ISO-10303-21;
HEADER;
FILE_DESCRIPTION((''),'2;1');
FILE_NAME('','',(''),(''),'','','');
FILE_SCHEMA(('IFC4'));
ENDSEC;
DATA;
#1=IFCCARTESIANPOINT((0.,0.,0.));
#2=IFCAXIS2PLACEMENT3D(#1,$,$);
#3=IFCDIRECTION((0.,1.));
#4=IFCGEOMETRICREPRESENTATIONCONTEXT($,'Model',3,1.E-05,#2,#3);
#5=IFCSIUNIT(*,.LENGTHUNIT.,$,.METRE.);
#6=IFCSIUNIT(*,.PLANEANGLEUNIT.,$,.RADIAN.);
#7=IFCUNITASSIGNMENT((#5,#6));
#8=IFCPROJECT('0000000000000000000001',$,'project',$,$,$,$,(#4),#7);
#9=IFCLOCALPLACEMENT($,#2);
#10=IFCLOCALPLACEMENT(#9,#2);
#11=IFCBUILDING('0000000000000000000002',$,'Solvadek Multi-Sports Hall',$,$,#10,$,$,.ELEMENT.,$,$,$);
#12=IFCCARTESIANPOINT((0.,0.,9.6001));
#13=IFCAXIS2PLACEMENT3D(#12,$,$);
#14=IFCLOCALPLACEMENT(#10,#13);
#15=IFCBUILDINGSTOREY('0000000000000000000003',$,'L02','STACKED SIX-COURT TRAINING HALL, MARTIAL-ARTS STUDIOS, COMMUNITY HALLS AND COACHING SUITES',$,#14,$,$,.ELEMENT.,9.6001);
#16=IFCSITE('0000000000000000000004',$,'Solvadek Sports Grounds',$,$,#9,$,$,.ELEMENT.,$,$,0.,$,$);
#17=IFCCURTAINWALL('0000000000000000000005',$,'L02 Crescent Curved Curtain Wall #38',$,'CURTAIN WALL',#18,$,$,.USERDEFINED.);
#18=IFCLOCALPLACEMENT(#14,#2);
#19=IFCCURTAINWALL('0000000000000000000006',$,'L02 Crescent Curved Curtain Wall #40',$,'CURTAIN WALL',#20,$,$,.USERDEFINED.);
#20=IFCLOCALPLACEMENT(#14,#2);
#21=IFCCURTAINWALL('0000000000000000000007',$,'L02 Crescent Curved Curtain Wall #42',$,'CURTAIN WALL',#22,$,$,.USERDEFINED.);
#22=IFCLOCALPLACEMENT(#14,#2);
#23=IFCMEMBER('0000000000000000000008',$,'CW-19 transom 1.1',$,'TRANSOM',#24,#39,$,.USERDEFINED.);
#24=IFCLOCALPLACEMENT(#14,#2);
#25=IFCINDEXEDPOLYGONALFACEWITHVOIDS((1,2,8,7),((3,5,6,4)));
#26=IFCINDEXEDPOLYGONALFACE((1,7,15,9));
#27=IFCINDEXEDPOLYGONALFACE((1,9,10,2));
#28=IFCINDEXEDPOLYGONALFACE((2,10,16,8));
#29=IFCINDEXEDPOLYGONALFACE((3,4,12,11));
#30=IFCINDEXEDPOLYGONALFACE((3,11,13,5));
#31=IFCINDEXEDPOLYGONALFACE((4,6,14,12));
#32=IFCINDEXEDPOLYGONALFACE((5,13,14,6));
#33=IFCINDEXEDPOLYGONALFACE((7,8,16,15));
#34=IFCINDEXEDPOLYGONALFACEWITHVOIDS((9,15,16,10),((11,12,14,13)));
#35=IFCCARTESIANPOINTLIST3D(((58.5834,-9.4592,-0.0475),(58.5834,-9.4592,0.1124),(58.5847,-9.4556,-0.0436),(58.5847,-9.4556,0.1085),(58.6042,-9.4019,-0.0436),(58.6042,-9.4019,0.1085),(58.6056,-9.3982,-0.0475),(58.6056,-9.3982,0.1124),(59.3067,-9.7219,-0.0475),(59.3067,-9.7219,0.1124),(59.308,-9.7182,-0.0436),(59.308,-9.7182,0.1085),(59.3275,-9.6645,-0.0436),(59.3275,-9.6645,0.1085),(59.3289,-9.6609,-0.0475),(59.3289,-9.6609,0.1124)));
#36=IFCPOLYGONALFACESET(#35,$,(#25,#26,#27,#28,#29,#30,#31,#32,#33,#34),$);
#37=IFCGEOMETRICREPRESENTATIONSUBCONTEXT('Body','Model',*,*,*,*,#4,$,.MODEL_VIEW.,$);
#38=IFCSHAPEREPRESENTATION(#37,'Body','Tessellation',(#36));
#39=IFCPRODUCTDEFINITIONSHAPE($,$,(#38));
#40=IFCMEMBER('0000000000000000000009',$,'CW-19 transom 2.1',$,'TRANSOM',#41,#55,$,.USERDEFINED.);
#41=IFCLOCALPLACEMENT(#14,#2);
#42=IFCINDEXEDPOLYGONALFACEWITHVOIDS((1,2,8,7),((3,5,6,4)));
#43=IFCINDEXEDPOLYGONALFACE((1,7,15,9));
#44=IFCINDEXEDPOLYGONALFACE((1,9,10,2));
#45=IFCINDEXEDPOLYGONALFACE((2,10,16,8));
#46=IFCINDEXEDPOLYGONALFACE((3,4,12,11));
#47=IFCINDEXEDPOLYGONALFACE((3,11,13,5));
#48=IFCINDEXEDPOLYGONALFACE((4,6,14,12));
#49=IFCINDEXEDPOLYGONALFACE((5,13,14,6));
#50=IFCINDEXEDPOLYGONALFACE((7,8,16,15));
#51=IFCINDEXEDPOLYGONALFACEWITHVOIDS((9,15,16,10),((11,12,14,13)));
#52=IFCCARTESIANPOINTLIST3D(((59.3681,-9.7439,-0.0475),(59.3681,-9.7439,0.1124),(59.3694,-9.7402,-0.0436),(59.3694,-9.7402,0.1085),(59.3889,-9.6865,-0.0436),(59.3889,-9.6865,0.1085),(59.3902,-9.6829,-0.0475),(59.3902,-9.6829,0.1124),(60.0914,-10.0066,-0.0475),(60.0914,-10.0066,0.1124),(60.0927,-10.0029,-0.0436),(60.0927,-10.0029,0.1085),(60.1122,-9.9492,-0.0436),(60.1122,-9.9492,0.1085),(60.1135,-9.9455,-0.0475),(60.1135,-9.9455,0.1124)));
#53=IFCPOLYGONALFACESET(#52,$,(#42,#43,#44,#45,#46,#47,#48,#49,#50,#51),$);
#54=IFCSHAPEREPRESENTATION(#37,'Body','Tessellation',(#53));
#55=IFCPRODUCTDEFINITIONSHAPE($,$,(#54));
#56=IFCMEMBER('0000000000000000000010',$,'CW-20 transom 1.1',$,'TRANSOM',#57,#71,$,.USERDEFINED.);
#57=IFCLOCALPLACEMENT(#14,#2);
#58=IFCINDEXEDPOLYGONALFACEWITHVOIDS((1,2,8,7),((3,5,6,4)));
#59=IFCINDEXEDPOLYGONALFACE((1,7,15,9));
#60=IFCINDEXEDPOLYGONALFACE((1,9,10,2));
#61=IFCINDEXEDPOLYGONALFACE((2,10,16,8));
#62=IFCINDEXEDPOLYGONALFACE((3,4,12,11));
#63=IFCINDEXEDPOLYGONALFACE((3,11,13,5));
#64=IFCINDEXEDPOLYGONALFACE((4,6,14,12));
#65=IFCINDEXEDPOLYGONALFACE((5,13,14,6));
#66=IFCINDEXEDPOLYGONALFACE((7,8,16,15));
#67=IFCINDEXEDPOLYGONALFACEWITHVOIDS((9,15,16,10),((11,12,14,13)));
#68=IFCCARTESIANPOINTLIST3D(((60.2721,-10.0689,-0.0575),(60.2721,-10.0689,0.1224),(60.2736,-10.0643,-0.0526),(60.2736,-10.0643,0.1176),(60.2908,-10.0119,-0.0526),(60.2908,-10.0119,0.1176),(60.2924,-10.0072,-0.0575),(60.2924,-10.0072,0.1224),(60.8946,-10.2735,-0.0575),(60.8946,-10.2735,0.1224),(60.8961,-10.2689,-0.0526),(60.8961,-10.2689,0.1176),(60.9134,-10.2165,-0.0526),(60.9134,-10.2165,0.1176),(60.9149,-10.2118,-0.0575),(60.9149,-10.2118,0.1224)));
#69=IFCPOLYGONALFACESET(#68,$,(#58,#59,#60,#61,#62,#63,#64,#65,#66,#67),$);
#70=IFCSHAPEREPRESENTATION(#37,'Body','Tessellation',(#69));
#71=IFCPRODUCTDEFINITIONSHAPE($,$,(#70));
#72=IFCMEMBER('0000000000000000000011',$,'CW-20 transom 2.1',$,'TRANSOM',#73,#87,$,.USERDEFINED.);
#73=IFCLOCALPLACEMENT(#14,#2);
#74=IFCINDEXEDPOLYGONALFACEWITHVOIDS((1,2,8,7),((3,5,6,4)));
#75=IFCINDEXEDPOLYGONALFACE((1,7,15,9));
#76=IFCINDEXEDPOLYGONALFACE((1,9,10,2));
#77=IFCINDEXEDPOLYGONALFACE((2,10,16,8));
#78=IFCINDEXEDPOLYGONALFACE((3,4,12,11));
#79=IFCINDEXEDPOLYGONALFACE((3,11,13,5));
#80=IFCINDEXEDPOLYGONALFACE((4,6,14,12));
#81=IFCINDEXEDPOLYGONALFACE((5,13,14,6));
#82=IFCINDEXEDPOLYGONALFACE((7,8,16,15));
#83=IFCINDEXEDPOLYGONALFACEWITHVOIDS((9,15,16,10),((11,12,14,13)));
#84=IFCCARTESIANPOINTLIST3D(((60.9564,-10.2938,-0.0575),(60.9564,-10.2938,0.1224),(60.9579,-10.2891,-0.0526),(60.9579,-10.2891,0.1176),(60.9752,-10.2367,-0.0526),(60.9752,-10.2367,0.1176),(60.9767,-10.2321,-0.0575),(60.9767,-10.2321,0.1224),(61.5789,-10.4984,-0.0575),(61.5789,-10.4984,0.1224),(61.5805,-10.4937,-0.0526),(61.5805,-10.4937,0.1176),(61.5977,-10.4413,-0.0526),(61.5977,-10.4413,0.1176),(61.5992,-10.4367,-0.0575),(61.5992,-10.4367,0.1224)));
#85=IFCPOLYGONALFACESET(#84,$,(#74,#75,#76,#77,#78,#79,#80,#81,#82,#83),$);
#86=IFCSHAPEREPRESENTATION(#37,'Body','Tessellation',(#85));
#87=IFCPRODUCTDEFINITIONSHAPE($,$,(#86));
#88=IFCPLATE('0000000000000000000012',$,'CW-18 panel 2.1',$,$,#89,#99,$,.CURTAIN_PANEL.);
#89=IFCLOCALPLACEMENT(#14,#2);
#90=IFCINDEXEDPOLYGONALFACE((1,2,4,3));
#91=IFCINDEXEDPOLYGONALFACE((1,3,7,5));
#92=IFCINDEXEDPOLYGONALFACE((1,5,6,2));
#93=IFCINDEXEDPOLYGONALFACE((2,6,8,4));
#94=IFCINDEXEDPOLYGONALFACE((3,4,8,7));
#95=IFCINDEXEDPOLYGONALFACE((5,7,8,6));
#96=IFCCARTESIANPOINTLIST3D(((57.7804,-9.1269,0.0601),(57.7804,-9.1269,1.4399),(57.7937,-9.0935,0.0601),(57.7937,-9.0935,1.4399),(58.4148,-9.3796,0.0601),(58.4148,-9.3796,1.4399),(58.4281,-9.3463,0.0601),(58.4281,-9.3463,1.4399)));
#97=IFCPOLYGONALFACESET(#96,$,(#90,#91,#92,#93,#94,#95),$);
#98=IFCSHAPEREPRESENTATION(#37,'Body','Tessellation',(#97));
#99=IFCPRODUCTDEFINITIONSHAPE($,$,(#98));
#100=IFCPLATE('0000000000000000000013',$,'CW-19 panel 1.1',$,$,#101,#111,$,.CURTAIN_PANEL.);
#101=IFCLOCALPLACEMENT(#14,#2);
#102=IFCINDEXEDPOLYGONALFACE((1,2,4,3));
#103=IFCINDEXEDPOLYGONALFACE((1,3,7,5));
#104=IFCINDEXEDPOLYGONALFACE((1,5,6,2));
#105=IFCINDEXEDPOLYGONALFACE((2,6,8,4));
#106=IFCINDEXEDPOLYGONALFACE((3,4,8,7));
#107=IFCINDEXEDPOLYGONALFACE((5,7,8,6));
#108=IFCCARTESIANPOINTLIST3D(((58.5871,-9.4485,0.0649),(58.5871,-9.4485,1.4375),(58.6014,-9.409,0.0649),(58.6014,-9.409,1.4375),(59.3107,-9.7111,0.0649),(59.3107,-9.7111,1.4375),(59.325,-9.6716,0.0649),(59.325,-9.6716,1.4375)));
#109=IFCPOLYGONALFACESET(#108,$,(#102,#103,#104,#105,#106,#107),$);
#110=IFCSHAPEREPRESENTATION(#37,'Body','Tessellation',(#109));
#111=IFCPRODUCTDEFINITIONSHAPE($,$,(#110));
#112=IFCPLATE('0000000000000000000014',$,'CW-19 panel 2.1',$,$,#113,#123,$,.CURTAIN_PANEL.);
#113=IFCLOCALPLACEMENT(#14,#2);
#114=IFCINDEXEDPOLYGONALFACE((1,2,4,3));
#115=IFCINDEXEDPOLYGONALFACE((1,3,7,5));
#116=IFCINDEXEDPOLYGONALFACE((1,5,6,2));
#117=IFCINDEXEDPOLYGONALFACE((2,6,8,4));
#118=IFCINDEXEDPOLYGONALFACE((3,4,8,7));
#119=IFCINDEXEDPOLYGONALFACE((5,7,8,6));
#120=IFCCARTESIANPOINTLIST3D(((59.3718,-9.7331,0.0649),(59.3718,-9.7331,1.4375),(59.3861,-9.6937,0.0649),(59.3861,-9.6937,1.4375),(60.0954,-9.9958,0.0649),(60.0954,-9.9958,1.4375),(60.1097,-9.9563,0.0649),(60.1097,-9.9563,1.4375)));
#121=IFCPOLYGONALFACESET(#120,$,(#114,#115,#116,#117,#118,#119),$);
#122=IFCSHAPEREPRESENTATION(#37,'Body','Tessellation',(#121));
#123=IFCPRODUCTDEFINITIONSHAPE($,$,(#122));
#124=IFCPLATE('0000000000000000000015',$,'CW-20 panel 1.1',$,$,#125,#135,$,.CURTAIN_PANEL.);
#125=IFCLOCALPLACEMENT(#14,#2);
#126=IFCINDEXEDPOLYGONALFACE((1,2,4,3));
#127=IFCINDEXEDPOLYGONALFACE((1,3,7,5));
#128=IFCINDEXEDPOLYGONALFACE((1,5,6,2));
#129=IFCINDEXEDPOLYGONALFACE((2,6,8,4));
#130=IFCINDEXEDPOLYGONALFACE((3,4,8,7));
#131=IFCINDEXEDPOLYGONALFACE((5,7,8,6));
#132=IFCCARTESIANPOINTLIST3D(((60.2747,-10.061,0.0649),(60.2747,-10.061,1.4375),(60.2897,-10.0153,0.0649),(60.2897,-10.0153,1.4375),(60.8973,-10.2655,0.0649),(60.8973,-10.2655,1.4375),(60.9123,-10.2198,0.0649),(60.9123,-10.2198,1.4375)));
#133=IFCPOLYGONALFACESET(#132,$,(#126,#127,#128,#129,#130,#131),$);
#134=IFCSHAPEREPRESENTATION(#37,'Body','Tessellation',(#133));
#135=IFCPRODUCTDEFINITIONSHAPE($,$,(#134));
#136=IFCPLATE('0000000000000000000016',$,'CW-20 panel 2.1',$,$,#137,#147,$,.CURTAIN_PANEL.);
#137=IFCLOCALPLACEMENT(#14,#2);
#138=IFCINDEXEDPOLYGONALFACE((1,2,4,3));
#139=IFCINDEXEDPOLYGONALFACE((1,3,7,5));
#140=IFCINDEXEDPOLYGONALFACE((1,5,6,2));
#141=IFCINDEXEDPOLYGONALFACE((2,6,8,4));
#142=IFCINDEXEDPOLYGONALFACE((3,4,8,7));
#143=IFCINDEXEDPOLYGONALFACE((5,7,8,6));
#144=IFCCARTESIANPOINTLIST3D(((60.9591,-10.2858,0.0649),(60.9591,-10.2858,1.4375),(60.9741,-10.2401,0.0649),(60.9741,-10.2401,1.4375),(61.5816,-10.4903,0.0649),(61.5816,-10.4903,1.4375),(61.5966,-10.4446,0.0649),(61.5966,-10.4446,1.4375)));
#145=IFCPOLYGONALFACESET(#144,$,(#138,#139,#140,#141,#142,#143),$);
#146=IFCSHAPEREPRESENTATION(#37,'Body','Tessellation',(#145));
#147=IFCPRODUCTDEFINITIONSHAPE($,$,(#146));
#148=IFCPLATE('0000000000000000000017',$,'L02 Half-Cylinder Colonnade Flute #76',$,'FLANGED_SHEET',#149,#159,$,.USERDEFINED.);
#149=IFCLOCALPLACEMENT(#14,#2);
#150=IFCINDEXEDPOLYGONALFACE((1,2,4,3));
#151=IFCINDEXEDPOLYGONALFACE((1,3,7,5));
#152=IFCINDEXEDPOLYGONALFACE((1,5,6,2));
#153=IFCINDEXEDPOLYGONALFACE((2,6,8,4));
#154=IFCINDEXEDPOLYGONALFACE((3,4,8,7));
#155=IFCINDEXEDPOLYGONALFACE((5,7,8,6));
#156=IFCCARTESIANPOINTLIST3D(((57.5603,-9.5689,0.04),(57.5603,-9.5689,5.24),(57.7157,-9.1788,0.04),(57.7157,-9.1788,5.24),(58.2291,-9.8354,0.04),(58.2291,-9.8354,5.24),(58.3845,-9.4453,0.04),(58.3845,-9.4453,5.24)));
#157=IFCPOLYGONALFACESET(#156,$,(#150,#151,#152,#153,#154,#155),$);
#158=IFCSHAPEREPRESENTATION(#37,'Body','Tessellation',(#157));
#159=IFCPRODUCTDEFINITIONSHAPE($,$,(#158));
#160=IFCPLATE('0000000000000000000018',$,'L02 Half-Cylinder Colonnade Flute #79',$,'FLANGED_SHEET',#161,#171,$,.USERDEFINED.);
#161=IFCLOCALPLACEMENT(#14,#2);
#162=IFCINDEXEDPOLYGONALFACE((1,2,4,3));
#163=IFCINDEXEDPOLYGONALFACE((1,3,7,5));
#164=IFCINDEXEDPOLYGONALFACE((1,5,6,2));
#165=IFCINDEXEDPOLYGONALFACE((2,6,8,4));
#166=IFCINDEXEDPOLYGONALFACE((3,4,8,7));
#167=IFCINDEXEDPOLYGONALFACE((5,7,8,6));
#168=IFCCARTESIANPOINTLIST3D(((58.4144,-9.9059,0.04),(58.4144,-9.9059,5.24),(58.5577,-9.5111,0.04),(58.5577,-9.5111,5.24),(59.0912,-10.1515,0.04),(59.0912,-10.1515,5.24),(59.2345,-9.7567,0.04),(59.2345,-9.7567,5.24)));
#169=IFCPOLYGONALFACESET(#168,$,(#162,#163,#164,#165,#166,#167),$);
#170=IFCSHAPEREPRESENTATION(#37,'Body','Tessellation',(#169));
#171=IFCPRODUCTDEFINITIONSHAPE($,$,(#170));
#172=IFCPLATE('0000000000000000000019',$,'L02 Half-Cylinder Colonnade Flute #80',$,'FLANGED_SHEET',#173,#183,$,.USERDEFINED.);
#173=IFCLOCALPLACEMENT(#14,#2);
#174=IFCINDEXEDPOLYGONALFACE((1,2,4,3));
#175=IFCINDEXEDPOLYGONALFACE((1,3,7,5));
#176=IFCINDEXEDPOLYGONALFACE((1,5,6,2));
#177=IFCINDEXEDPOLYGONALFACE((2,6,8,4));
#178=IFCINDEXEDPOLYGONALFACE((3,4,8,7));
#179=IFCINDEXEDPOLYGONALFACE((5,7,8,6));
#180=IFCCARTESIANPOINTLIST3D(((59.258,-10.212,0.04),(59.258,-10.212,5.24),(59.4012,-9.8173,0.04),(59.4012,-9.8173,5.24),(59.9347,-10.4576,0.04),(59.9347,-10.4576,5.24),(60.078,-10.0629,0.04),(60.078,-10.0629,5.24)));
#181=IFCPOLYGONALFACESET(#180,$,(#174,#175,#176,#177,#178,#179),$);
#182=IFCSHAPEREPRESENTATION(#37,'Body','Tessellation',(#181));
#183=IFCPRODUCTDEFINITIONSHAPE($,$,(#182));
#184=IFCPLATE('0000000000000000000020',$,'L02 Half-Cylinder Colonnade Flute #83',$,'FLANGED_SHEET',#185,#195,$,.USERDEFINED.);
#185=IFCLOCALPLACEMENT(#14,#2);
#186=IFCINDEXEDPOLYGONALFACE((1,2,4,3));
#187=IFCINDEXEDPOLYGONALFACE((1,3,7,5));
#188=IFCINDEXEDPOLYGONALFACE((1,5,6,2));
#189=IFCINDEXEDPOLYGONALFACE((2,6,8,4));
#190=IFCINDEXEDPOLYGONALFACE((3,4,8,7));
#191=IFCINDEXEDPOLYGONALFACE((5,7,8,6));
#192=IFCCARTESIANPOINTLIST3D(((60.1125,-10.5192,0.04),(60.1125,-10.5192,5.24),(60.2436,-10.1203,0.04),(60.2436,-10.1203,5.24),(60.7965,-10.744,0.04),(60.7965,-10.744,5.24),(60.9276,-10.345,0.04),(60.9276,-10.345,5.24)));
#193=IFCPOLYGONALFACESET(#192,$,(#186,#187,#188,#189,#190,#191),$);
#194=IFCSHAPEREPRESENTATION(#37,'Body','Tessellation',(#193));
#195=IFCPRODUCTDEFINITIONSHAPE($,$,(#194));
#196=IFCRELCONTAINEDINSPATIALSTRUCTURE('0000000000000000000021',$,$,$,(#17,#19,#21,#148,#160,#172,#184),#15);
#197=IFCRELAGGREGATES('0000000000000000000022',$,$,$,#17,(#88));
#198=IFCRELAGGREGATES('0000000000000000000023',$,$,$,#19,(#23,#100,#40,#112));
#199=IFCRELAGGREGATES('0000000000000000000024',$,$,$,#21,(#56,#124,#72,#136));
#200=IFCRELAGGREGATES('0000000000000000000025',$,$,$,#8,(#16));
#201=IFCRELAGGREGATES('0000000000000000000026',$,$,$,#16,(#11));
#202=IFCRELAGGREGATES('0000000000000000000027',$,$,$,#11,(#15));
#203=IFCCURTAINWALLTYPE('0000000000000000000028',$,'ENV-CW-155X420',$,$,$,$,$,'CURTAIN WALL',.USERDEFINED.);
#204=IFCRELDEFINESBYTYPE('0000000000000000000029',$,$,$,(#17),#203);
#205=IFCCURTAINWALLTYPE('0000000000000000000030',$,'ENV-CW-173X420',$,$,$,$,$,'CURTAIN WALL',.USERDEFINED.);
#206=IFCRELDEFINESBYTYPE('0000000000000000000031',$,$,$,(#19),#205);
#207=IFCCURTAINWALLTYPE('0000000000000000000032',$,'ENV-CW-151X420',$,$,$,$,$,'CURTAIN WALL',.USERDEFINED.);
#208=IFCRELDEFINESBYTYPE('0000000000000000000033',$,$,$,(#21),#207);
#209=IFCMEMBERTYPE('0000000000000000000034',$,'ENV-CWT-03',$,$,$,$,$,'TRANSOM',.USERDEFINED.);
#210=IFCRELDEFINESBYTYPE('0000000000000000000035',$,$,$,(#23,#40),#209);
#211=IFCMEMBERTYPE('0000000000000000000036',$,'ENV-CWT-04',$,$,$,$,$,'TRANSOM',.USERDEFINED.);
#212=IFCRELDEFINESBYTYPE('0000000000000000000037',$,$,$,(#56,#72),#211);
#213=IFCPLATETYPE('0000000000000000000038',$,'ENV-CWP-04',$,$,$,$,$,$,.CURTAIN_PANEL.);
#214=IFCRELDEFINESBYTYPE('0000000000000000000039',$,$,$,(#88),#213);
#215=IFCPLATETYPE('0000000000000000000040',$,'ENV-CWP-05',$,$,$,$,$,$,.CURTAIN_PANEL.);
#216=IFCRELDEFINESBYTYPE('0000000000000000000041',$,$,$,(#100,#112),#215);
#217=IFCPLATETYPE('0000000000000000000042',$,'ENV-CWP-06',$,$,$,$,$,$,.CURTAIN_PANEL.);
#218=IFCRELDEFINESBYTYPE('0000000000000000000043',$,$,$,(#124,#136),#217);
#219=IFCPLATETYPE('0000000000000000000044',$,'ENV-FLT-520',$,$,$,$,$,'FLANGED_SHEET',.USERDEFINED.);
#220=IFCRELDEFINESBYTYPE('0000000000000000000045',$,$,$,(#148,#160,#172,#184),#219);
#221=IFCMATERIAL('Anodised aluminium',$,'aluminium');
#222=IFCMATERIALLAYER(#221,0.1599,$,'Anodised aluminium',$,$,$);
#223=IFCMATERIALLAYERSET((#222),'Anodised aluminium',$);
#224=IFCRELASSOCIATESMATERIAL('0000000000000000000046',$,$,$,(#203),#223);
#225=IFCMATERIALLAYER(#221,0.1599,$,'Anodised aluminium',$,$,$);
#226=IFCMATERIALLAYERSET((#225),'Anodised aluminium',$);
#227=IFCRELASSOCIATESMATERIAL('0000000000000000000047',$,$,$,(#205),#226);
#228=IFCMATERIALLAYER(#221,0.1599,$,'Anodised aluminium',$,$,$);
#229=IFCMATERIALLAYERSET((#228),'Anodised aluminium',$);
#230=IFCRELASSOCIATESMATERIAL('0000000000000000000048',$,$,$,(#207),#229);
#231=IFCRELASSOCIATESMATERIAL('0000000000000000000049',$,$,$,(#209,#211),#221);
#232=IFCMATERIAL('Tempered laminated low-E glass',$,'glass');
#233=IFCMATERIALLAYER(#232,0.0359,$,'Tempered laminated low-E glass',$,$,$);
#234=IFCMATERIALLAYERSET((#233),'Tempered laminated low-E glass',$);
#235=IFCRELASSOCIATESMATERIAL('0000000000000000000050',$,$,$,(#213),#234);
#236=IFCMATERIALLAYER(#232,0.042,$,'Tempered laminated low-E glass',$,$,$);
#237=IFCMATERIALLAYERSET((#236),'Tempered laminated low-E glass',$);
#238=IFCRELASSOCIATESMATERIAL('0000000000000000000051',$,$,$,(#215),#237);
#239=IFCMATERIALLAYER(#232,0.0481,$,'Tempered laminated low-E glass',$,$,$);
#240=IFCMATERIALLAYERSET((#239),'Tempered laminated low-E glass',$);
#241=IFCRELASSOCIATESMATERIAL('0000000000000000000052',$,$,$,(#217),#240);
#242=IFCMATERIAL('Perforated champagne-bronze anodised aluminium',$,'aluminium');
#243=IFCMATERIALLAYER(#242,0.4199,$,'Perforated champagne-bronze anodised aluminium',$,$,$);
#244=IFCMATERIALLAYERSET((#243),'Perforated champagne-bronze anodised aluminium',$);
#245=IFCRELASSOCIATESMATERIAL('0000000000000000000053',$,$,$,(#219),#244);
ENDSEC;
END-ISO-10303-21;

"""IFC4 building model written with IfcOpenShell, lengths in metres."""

from ifc_helpers import new_model, si_unit, direction, frame, origin, origin_2d, place, context, subcontext, project, spatial, rectangle, hollow_rectangle, extrude, material, layer, layer_set, material_profile, profile_set, type_object, element, aggregate, save


model = new_model("IFC4")

# Units and contexts
model_context = context("Model", 3, precision=1e-05, world=origin(), true_north=direction((0.0, 1.0)))
body_context = subcontext(model_context, "Body", "Model", "MODEL_VIEW")
ifc_project = project(units=[si_unit("LENGTHUNIT", "METRE"), si_unit("PLANEANGLEUNIT", "RADIAN")], contexts=[model_context])

# Site, building, storey
site_placement = place(None, origin())
site = spatial("IfcSite", under=ifc_project, at=site_placement, Name="Solvadek Sports Grounds", CompositionType="ELEMENT", RefElevation=0.0)
building_placement = place(site_placement, origin())
building = spatial("IfcBuilding", under=site, at=building_placement, Name="Solvadek Multi-Sports Hall", CompositionType="ELEMENT")
storey_placement = place(building_placement, frame((0.0, 0.0, 9.6001)))
storey = spatial("IfcBuildingStorey", under=building, at=storey_placement, Name="L02", Description="STACKED SIX-COURT TRAINING HALL, MARTIAL-ARTS STUDIOS, COMMUNITY HALLS AND COACHING SUITES", CompositionType="ELEMENT", Elevation=9.6001)

# Curtain walls
ifc_material_1 = material(Name="Anodised aluminium", Category="aluminium")
ifc_layer_1 = layer(ifc_material_1, 0.1599, Name="Anodised aluminium")
ifc_layer_set_1 = layer_set([ifc_layer_1], Name="Anodised aluminium")
curtain_wall_type_1 = type_object("IfcCurtainWallType", Name="ENV-CW-155X420", ElementType="CURTAIN WALL", PredefinedType="USERDEFINED", material=ifc_layer_set_1)
curtain_wall_1_placement = place(storey_placement, origin())
curtain_wall_1 = element("IfcCurtainWall", 1, at=curtain_wall_1_placement, inside=storey, type_object=curtain_wall_type_1, Name="L02 Crescent Curved Curtain Wall #38", ObjectType="CURTAIN WALL", PredefinedType="USERDEFINED")
ifc_layer_2 = layer(ifc_material_1, 0.1599, Name="Anodised aluminium")
ifc_layer_set_2 = layer_set([ifc_layer_2], Name="Anodised aluminium")
curtain_wall_type_2 = type_object("IfcCurtainWallType", Name="ENV-CW-173X420", ElementType="CURTAIN WALL", PredefinedType="USERDEFINED", material=ifc_layer_set_2)
curtain_wall_2_placement = place(storey_placement, origin())
curtain_wall_2 = element("IfcCurtainWall", 2, at=curtain_wall_2_placement, inside=storey, type_object=curtain_wall_type_2, Name="L02 Crescent Curved Curtain Wall #40", ObjectType="CURTAIN WALL", PredefinedType="USERDEFINED")
ifc_layer_3 = layer(ifc_material_1, 0.1599, Name="Anodised aluminium")
ifc_layer_set_3 = layer_set([ifc_layer_3], Name="Anodised aluminium")
curtain_wall_type_3 = type_object("IfcCurtainWallType", Name="ENV-CW-151X420", ElementType="CURTAIN WALL", PredefinedType="USERDEFINED", material=ifc_layer_set_3)
curtain_wall_3_placement = place(storey_placement, origin())
curtain_wall_3 = element("IfcCurtainWall", 3, at=curtain_wall_3_placement, inside=storey, type_object=curtain_wall_type_3, Name="L02 Crescent Curved Curtain Wall #42", ObjectType="CURTAIN WALL", PredefinedType="USERDEFINED")

# Members
ifc_material_profile_1 = material_profile(ifc_material_1, hollow_rectangle(XDim=0.0649, YDim=0.1599, WallThickness=0.0039, at=origin_2d()), Name="ALU-T 160x65x4")
ifc_profile_set_1 = profile_set([ifc_material_profile_1], Name="Anodised aluminium")
member_type_1 = type_object("IfcMemberType", Name="ENV-CWT-03", ElementType="TRANSOM", PredefinedType="USERDEFINED", material=ifc_profile_set_1)
member_1_placement = place(storey_placement, frame((58.5945, -9.4287, 0.0325), z_axis=(0.939942, -0.341335, 0.0), x_axis=(0.341335, 0.939942, 0.0)))
member_1 = element("IfcMember", 4, at=member_1_placement, type_object=member_type_1, Name="CW-19 transom 1.1", ObjectType="TRANSOM", PredefinedType="USERDEFINED", context=body_context, shape_type="SweptSolid", body=[
    extrude(hollow_rectangle(XDim=0.0649, YDim=0.1599, WallThickness=0.0039, at=origin_2d()), origin(), (0.0, 0.0, 1.0), 0.7695),
])
member_2_placement = place(storey_placement, frame((59.3792, -9.7134, 0.0325), z_axis=(0.939942, -0.341335, 0.0), x_axis=(0.341335, 0.939942, 0.0)))
member_2 = element("IfcMember", 5, at=member_2_placement, type_object=member_type_1, Name="CW-19 transom 2.1", ObjectType="TRANSOM", PredefinedType="USERDEFINED", context=body_context, shape_type="SweptSolid", body=[
    extrude(hollow_rectangle(XDim=0.0649, YDim=0.1599, WallThickness=0.0039, at=origin_2d()), origin(), (0.0, 0.0, 1.0), 0.7695),
])
ifc_material_profile_2 = material_profile(ifc_material_1, hollow_rectangle(XDim=0.0649, YDim=0.1799, WallThickness=0.0049, at=origin_2d()), Name="ALU-T 180x65x5")
ifc_profile_set_2 = profile_set([ifc_material_profile_2], Name="Anodised aluminium")
member_type_2 = type_object("IfcMemberType", Name="ENV-CWT-04", ElementType="TRANSOM", PredefinedType="USERDEFINED", material=ifc_profile_set_2)
member_3_placement = place(storey_placement, frame((60.2822, -10.0381, 0.0325), z_axis=(0.950016, -0.312201, 0.0), x_axis=(0.312201, 0.950016, 0.0)))
member_3 = element("IfcMember", 6, at=member_3_placement, type_object=member_type_2, Name="CW-20 transom 1.1", ObjectType="TRANSOM", PredefinedType="USERDEFINED", context=body_context, shape_type="SweptSolid", body=[
    extrude(hollow_rectangle(XDim=0.0649, YDim=0.1799, WallThickness=0.0049, at=origin_2d()), origin(), (0.0, 0.0, 1.0), 0.6553),
])
member_4_placement = place(storey_placement, frame((60.9666, -10.2629, 0.0325), z_axis=(0.950016, -0.312201, 0.0), x_axis=(0.312201, 0.950016, 0.0)))
member_4 = element("IfcMember", 7, at=member_4_placement, type_object=member_type_2, Name="CW-20 transom 2.1", ObjectType="TRANSOM", PredefinedType="USERDEFINED", context=body_context, shape_type="SweptSolid", body=[
    extrude(hollow_rectangle(XDim=0.0649, YDim=0.1799, WallThickness=0.0049, at=origin_2d()), origin(), (0.0, 0.0, 1.0), 0.6553),
])

# Plates
ifc_material_2 = material(Name="Tempered laminated low-E glass", Category="glass")
ifc_layer_4 = layer(ifc_material_2, 0.0359, Name="Tempered laminated low-E glass")
ifc_layer_set_4 = layer_set([ifc_layer_4], Name="Tempered laminated low-E glass")
plate_type_1 = type_object("IfcPlateType", Name="ENV-CWP-04", PredefinedType="CURTAIN_PANEL", material=ifc_layer_set_4)
plate_1_placement = place(storey_placement, frame((58.1042, -9.2366, 0.0601), z_axis=(0.0, 0.0, 1.0), x_axis=(0.928967, -0.370163, 0.0)))
plate_1 = element("IfcPlate", 8, at=plate_1_placement, type_object=plate_type_1, Name="CW-18 panel 2.1", PredefinedType="CURTAIN_PANEL", context=body_context, shape_type="SweptSolid", body=[
    extrude(rectangle(XDim=0.6829, YDim=0.0359, at=origin_2d()), origin(), (0.0, 0.0, 1.0), 1.3799),
])
aggregate(curtain_wall_1, [plate_1])
ifc_layer_5 = layer(ifc_material_2, 0.042, Name="Tempered laminated low-E glass")
ifc_layer_set_5 = layer_set([ifc_layer_5], Name="Tempered laminated low-E glass")
plate_type_2 = type_object("IfcPlateType", Name="ENV-CWP-05", PredefinedType="CURTAIN_PANEL", material=ifc_layer_set_5)
plate_2_placement = place(storey_placement, frame((58.9561, -9.5601, 0.0649), z_axis=(0.0, 0.0, 1.0), x_axis=(0.939992, -0.341197, 0.0)))
plate_2 = element("IfcPlate", 9, at=plate_2_placement, type_object=plate_type_2, Name="CW-19 panel 1.1", PredefinedType="CURTAIN_PANEL", context=body_context, shape_type="SweptSolid", body=[
    extrude(rectangle(XDim=0.7698, YDim=0.042, at=origin_2d()), origin(), (0.0, 0.0, 1.0), 1.3726),
])
plate_3_placement = place(storey_placement, frame((59.7407, -9.8447, 0.0649), z_axis=(0.0, 0.0, 1.0), x_axis=(0.939992, -0.341197, 0.0)))
plate_3 = element("IfcPlate", 10, at=plate_3_placement, type_object=plate_type_2, Name="CW-19 panel 2.1", PredefinedType="CURTAIN_PANEL", context=body_context, shape_type="SweptSolid", body=[
    extrude(rectangle(XDim=0.7698, YDim=0.042, at=origin_2d()), origin(), (0.0, 0.0, 1.0), 1.3726),
])
aggregate(curtain_wall_2, [member_1, plate_2, member_2, plate_3])
ifc_layer_6 = layer(ifc_material_2, 0.0481, Name="Tempered laminated low-E glass")
ifc_layer_set_6 = layer_set([ifc_layer_6], Name="Tempered laminated low-E glass")
plate_type_3 = type_object("IfcPlateType", Name="ENV-CWP-06", PredefinedType="CURTAIN_PANEL", material=ifc_layer_set_6)
plate_4_placement = place(storey_placement, frame((60.5935, -10.1404, 0.0649), z_axis=(0.0, 0.0, 1.0), x_axis=(0.950049, -0.3121, 0.0)))
plate_4 = element("IfcPlate", 11, at=plate_4_placement, type_object=plate_type_3, Name="CW-20 panel 1.1", PredefinedType="CURTAIN_PANEL", context=body_context, shape_type="SweptSolid", body=[
    extrude(rectangle(XDim=0.6553, YDim=0.0481, at=origin_2d()), origin(), (0.0, 0.0, 1.0), 1.3726),
])
plate_5_placement = place(storey_placement, frame((61.2778, -10.3652, 0.0649), z_axis=(0.0, 0.0, 1.0), x_axis=(0.950049, -0.3121, 0.0)))
plate_5 = element("IfcPlate", 12, at=plate_5_placement, type_object=plate_type_3, Name="CW-20 panel 2.1", PredefinedType="CURTAIN_PANEL", context=body_context, shape_type="SweptSolid", body=[
    extrude(rectangle(XDim=0.6553, YDim=0.0481, at=origin_2d()), origin(), (0.0, 0.0, 1.0), 1.3726),
])
aggregate(curtain_wall_3, [member_3, plate_4, member_4, plate_5])

# Plates
ifc_material_3 = material(Name="Perforated champagne-bronze anodised aluminium", Category="aluminium")
ifc_layer_7 = layer(ifc_material_3, 0.4199, Name="Perforated champagne-bronze anodised aluminium")
ifc_layer_set_7 = layer_set([ifc_layer_7], Name="Perforated champagne-bronze anodised aluminium")
plate_type_4 = type_object("IfcPlateType", Name="ENV-FLT-520", ElementType="FLANGED_SHEET", PredefinedType="USERDEFINED", material=ifc_layer_set_7)
for number, where, z_axis, x_axis, name in (
    (13, (57.9724, -9.5071, 0.04), (0.0, 0.0, 1.0), (0.928981, -0.370128, 0.0), "L02 Half-Cylinder Colonnade Flute #76"),
    (14, (58.8245, -9.8313, 0.04), (0.0, 0.0, 1.0), (0.940005, -0.341161, 0.0), "L02 Half-Cylinder Colonnade Flute #79"),
    (15, (59.668, -10.1375, 0.04), (0.0, 0.0, 1.0), (0.940005, -0.341161, 0.0), "L02 Half-Cylinder Colonnade Flute #80"),
    (16, (60.52, -10.4321, 0.04), (0.0, 0.0, 1.0), (0.950043, -0.312119, 0.0), "L02 Half-Cylinder Colonnade Flute #83"),
):
    element("IfcPlate", number, at=place(storey_placement, frame(where, z_axis=z_axis, x_axis=x_axis)), inside=storey, type_object=plate_type_4, Name=name, ObjectType="FLANGED_SHEET", PredefinedType="USERDEFINED", context=body_context, shape_type="SweptSolid", body=[
        extrude(rectangle(XDim=0.72, YDim=0.4199, at=origin_2d()), origin(), (0.0, 0.0, 1.0), 5.2),
    ])

save(model, "model.ifc")
